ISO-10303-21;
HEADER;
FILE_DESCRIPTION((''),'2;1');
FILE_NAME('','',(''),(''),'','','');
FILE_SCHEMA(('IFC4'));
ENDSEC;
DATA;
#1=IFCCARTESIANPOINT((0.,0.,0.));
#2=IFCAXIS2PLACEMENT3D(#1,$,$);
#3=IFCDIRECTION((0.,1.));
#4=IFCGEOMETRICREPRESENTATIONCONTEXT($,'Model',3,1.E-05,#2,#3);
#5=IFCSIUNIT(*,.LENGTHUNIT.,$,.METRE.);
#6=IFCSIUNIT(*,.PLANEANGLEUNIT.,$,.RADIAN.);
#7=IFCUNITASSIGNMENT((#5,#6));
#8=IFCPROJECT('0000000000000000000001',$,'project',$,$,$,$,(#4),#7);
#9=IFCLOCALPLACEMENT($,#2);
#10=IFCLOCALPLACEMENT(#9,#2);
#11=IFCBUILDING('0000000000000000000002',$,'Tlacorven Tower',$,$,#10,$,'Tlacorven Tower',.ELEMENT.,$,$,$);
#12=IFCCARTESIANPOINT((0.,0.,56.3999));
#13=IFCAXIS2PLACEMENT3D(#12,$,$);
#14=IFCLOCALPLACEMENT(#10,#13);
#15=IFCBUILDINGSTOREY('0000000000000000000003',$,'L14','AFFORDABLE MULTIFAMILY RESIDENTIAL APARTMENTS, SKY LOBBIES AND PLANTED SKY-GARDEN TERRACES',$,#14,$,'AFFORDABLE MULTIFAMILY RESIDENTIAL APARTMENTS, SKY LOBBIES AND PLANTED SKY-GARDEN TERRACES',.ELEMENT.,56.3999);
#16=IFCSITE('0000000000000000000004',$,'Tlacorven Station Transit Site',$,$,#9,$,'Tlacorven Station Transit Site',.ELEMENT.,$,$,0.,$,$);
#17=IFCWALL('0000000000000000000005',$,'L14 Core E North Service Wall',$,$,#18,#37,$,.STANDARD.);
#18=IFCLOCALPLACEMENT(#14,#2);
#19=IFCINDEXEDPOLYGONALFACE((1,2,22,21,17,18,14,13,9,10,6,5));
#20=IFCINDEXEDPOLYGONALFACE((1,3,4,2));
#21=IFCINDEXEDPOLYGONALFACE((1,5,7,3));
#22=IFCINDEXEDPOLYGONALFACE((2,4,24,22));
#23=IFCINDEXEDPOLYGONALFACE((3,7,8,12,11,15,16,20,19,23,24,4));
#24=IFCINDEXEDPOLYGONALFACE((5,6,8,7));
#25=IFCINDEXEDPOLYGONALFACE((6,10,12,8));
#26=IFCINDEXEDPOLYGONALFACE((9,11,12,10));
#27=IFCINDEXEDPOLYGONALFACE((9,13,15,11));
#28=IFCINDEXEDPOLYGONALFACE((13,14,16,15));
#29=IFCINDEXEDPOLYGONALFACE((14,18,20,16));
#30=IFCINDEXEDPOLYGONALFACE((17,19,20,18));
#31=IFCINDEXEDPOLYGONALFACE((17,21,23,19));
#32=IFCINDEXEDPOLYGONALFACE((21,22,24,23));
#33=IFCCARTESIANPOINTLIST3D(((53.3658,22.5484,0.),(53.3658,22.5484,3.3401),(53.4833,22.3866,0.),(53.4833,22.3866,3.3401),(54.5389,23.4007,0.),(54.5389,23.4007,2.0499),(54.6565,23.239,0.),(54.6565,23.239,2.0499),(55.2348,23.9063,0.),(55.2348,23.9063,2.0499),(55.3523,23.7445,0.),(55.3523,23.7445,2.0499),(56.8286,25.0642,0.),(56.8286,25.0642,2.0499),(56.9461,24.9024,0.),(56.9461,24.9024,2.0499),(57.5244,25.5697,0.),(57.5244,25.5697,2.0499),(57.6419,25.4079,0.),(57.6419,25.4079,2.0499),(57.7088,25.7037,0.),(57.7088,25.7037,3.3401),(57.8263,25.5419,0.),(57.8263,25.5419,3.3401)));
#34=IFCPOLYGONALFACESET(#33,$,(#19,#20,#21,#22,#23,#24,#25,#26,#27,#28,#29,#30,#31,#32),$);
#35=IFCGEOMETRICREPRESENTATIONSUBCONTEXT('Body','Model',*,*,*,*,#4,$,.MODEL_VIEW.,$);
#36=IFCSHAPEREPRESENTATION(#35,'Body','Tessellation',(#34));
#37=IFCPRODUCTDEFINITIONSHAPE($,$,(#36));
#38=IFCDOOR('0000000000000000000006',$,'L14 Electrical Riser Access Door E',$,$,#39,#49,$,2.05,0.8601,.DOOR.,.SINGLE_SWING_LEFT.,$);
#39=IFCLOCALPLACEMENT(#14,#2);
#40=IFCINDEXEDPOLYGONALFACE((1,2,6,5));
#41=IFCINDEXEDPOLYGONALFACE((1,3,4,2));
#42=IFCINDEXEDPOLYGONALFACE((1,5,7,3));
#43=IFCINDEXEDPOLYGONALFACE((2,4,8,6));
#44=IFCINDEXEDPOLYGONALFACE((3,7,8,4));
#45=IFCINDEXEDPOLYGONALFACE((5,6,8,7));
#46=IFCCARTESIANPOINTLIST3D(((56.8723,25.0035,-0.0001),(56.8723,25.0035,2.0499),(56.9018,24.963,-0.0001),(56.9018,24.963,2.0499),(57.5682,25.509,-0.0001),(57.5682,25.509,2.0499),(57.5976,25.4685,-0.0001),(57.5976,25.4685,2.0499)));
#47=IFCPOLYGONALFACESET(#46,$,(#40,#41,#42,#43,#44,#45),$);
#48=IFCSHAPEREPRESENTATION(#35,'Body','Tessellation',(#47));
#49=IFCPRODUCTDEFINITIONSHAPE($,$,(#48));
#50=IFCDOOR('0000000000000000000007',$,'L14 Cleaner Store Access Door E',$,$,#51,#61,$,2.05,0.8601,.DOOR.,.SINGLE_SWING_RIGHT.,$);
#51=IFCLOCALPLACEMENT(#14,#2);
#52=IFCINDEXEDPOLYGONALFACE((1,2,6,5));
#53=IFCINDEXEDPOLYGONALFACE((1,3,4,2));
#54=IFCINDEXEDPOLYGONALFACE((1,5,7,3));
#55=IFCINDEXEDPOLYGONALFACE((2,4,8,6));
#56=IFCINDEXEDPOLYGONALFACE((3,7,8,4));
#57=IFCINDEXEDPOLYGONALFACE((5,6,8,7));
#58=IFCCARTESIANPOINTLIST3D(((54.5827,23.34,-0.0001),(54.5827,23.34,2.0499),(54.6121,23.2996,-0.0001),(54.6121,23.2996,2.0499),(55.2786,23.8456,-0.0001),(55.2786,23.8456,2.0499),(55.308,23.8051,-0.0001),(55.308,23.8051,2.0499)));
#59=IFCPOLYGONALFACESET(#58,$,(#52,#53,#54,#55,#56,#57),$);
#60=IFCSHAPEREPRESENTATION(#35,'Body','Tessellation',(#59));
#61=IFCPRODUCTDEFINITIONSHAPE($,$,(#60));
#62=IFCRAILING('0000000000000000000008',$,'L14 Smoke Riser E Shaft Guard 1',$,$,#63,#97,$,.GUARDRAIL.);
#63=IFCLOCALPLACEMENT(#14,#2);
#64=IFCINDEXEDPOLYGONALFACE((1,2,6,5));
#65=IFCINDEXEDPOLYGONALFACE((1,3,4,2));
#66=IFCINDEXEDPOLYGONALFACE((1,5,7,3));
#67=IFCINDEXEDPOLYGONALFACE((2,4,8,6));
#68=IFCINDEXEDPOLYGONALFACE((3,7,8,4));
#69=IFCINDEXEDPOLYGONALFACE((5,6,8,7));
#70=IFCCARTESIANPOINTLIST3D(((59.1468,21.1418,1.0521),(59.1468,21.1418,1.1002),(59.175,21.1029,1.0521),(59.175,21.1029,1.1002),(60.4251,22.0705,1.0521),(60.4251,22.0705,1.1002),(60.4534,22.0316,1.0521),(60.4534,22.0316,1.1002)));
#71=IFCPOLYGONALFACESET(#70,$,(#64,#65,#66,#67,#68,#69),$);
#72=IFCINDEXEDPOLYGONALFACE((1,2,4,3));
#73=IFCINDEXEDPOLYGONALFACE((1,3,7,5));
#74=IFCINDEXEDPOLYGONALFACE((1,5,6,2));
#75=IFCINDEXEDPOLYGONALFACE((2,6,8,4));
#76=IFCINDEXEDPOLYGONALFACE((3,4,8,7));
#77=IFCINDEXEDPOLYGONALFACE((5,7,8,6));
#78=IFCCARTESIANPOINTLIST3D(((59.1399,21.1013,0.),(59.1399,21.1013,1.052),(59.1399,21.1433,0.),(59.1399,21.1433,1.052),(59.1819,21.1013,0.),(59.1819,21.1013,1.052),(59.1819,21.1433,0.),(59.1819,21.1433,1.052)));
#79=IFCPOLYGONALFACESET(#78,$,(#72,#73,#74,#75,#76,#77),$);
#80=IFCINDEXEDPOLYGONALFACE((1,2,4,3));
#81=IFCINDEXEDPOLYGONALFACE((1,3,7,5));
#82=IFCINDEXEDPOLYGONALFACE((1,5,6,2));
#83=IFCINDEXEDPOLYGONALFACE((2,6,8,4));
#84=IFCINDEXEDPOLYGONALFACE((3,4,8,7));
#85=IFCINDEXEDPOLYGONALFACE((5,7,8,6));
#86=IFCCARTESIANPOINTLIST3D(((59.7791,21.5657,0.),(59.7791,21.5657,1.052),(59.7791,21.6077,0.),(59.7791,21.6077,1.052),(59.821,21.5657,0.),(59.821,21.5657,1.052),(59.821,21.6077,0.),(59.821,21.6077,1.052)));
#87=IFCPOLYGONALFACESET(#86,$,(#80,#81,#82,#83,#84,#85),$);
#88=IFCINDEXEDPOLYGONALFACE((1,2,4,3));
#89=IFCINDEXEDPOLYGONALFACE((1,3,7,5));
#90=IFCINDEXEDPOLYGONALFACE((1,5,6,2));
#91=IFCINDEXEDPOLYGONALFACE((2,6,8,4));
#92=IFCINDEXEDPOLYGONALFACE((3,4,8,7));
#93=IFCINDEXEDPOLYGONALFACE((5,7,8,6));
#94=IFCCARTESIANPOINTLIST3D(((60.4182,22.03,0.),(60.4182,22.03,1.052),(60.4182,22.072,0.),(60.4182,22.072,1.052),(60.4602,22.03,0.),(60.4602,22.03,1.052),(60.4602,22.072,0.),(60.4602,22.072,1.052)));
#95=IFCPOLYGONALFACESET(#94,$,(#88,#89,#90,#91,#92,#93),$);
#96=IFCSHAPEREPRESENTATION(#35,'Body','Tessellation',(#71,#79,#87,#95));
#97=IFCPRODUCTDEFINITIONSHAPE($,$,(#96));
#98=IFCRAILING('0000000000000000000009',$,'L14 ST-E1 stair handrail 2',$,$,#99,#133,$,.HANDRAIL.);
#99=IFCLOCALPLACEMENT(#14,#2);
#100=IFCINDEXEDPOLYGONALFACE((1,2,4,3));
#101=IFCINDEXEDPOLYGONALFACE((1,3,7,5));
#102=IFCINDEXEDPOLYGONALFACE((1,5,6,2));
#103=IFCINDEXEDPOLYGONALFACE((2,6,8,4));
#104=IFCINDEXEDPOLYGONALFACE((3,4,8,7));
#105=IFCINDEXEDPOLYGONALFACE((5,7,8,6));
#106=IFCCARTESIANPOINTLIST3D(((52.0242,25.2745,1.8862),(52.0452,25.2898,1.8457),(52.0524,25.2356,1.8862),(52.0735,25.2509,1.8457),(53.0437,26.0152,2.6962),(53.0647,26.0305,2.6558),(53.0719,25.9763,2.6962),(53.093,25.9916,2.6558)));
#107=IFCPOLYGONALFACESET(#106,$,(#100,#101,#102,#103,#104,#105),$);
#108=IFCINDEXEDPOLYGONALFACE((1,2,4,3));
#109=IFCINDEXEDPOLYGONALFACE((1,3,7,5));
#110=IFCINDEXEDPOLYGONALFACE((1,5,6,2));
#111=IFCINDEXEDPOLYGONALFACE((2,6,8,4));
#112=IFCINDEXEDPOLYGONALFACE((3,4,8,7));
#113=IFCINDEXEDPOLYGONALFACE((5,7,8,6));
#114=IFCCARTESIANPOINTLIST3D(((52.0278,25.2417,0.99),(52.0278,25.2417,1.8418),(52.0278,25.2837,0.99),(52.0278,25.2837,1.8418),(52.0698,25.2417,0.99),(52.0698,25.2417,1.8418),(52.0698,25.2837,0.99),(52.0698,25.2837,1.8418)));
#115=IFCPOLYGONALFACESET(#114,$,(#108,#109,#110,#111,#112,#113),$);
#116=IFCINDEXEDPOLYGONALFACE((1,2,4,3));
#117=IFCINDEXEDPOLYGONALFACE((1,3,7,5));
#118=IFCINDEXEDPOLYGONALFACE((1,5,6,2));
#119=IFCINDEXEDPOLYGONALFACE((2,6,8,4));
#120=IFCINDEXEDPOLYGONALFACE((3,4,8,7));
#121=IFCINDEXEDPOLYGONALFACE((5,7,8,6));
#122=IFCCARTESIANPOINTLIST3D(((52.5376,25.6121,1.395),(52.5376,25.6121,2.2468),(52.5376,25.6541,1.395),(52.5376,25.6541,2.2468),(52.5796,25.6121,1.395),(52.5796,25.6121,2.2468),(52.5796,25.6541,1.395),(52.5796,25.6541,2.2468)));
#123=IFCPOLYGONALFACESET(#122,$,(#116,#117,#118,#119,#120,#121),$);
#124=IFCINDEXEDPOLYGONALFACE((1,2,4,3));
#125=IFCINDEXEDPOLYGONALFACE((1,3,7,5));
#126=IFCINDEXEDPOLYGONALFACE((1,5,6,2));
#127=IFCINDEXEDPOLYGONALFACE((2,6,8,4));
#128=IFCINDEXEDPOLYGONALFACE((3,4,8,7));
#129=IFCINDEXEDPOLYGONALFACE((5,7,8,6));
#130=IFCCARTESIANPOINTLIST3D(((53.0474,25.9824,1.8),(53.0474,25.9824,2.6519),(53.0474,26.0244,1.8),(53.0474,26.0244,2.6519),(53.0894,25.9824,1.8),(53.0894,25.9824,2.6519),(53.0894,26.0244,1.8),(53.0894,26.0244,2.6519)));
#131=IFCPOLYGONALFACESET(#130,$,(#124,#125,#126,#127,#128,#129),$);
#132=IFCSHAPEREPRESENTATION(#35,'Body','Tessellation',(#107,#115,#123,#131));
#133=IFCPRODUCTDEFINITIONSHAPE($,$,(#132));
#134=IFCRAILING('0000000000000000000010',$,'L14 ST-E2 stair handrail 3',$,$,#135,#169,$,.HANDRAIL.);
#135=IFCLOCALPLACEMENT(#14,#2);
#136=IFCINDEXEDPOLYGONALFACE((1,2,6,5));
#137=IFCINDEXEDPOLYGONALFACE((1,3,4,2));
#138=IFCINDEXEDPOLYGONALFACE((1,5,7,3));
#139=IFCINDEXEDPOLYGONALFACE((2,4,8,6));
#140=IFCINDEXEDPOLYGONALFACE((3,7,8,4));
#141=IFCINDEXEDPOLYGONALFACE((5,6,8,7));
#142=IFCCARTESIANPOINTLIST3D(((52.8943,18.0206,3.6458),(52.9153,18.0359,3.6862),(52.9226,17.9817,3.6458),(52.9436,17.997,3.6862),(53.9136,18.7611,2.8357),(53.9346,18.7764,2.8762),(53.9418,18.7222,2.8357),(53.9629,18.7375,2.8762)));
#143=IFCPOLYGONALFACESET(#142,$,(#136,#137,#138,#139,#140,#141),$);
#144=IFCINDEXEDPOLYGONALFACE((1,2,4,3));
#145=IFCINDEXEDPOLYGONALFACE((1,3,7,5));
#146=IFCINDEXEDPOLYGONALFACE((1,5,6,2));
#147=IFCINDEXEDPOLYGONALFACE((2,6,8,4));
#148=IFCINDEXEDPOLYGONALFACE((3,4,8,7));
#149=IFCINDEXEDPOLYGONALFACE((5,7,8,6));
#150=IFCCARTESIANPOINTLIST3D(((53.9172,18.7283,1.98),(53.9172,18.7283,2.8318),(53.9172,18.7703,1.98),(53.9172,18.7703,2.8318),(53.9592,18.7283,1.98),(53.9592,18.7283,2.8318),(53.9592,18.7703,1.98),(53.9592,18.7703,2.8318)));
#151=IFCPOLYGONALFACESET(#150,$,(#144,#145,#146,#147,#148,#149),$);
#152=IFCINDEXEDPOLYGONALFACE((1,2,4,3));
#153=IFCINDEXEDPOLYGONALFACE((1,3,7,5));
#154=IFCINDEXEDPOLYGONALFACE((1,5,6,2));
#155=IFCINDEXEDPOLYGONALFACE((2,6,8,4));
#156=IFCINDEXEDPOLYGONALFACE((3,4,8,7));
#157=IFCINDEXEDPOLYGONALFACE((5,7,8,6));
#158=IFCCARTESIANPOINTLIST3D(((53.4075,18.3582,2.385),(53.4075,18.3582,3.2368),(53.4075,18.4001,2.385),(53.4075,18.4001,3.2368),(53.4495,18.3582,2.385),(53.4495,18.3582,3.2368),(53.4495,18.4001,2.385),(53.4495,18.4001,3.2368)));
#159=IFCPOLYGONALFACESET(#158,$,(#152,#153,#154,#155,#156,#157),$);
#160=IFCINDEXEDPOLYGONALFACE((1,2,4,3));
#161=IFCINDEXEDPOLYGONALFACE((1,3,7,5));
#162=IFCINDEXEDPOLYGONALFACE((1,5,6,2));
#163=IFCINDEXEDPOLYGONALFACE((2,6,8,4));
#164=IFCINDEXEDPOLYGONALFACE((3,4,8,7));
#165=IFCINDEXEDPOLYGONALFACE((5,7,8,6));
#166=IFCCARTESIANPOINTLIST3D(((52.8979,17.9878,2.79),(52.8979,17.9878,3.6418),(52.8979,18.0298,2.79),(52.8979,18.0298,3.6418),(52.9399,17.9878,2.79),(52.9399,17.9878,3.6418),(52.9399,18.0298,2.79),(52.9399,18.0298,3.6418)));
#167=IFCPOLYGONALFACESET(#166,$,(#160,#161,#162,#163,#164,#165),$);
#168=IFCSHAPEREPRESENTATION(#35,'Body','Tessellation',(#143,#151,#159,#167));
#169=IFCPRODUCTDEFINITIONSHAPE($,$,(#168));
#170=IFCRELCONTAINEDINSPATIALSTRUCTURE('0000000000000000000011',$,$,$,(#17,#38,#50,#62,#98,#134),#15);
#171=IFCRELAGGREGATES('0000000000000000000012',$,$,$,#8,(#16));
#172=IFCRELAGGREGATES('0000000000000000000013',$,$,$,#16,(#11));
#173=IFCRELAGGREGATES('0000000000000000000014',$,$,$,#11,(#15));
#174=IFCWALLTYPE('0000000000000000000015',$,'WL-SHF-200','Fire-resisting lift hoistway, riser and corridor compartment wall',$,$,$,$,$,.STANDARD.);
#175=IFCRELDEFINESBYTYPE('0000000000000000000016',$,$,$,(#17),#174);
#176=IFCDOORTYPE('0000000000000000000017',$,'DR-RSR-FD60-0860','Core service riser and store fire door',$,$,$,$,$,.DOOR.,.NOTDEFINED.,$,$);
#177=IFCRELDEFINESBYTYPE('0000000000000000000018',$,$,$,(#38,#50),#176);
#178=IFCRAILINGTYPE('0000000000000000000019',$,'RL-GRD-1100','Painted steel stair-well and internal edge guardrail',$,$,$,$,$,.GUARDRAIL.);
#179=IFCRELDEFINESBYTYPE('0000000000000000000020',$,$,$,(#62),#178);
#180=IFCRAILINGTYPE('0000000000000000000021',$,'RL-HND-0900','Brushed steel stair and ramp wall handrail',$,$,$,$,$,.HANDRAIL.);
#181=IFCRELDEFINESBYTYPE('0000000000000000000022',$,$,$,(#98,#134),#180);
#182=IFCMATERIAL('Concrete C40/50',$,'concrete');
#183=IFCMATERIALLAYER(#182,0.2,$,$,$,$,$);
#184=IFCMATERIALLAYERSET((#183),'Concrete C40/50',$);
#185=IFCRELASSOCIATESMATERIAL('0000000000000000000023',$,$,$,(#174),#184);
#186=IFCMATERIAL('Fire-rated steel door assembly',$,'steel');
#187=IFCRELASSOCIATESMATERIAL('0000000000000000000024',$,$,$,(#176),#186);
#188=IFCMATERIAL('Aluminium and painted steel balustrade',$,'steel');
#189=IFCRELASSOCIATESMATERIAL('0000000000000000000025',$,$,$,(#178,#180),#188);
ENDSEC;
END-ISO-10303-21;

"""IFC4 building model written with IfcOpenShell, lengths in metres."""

from ifc_helpers import new_model, si_unit, direction, frame, frame_2d, origin, origin_2d, place, context, subcontext, project, spatial, rectangle, extrude, source, transform, mapped, material, layer, layer_set, type_object, element, fill, save


model = new_model("IFC4")

# Units and contexts
model_context = context("Model", 3, precision=1e-05, world=origin(), true_north=direction((0.0, 1.0)))
body_context = subcontext(model_context, "Body", "Model", "MODEL_VIEW")
ifc_project = project(units=[si_unit("LENGTHUNIT", "METRE"), si_unit("PLANEANGLEUNIT", "RADIAN")], contexts=[model_context])

# Site, building, storey
site_placement = place(None, origin())
site = spatial("IfcSite", under=ifc_project, at=site_placement, Name="Tlacorven Station Transit Site", LongName="Tlacorven Station Transit Site", CompositionType="ELEMENT", RefElevation=0.0)
building_placement = place(site_placement, origin())
building = spatial("IfcBuilding", under=site, at=building_placement, Name="Tlacorven Tower", LongName="Tlacorven Tower", CompositionType="ELEMENT")
storey_placement = place(building_placement, frame((0.0, 0.0, 56.3999)))
storey = spatial("IfcBuildingStorey", under=building, at=storey_placement, Name="L14", Description="AFFORDABLE MULTIFAMILY RESIDENTIAL APARTMENTS, SKY LOBBIES AND PLANTED SKY-GARDEN TERRACES", LongName="AFFORDABLE MULTIFAMILY RESIDENTIAL APARTMENTS, SKY LOBBIES AND PLANTED SKY-GARDEN TERRACES", CompositionType="ELEMENT", Elevation=56.3999)

# Shared definitions
ifc_material_1 = material(Name="Concrete C40/50", Category="concrete")
ifc_layer_1 = layer(ifc_material_1, 0.2)
ifc_layer_set_1 = layer_set([ifc_layer_1], Name="Concrete C40/50")
wall_type_1 = type_object("IfcWallType", Name="WL-SHF-200", Description="Fire-resisting lift hoistway, riser and corridor compartment wall", PredefinedType="STANDARD", material=ifc_layer_set_1)
ifc_material_2 = material(Name="Fire-rated steel door assembly", Category="steel")
door_type_1 = type_object("IfcDoorType", Name="DR-RSR-FD60-0860", Description="Core service riser and store fire door", OperationType="NOTDEFINED", PredefinedType="DOOR", material=ifc_material_2)
shared_shape_1 = source(origin(), body_context, "Body", "SweptSolid", [
    extrude(rectangle(XDim=0.8601, YDim=2.05, at=frame_2d((0.4302, 1.0249))), frame((0.0, 0.0249, 0.0), z_axis=(0.0, -1.0, 0.0), x_axis=(1.0, 0.0, 0.0)), (0.0, 0.0, 1.0), 0.05),
])

# Wall, openings, doors
wall_1_placement = place(storey_placement, frame((53.4246, 22.4675, 0.0), z_axis=(0.0, 0.0, 1.0), x_axis=(0.809027, 0.587771, 0.0)))
wall_1 = element("IfcWall", 1, at=wall_1_placement, inside=storey, type_object=wall_type_1, Name="L14 Core E North Service Wall", PredefinedType="STANDARD", context=body_context, shape_type="SweptSolid", body=[
    extrude(rectangle(XDim=5.3682, YDim=0.2, at=frame_2d((2.6841, 0.0))), origin(), (0.0, 0.0, 1.0), 3.3401),
])
opening_1_placement = place(wall_1_placement, frame((4.28, 0.0, 0.0)))
opening_1 = element("IfcOpeningElement", 2, at=opening_1_placement, cuts=wall_1, PredefinedType="OPENING", context=body_context, shape_type="SweptSolid", body=[
    extrude(rectangle(XDim=0.8601, YDim=2.05, at=frame_2d((0.4302, 1.0249))), frame((0.0, 0.1099, 0.0), z_axis=(0.0, -1.0, 0.0), x_axis=(1.0, 0.0, 0.0)), (0.0, 0.0, 1.0), 0.22),
])
opening_2_placement = place(wall_1_placement, frame((1.45, 0.0, 0.0)))
opening_2 = element("IfcOpeningElement", 3, at=opening_2_placement, cuts=wall_1, PredefinedType="OPENING", context=body_context, shape_type="SweptSolid", body=[
    extrude(rectangle(XDim=0.8601, YDim=2.05, at=frame_2d((0.4302, 1.0249))), frame((0.0, 0.1099, 0.0), z_axis=(0.0, -1.0, 0.0), x_axis=(1.0, 0.0, 0.0)), (0.0, 0.0, 1.0), 0.22),
])
door_1_placement = place(opening_1_placement, frame((0.8601, 0.0, 0.0), z_axis=(0.0, 0.0, 1.0), x_axis=(-1.0, 0.0, 0.0)))
door_1 = element("IfcDoor", 4, at=door_1_placement, inside=storey, type_object=door_type_1, Name="L14 Electrical Riser Access Door E", OperationType="SINGLE_SWING_LEFT", OverallHeight=2.05, OverallWidth=0.8601, PredefinedType="DOOR", context=body_context, shape_type="MappedRepresentation", body=[
    mapped(shared_shape_1, transform((0.0, 0.0, 0.0), scale=1.0)),
])
fill(opening_1, door_1)
door_2_placement = place(opening_2_placement, frame((0.8601, 0.0, 0.0), z_axis=(0.0, 0.0, 1.0), x_axis=(-1.0, 0.0, 0.0)))
door_2 = element("IfcDoor", 5, at=door_2_placement, inside=storey, type_object=door_type_1, Name="L14 Cleaner Store Access Door E", OperationType="SINGLE_SWING_RIGHT", OverallHeight=2.05, OverallWidth=0.8601, PredefinedType="DOOR", context=body_context, shape_type="MappedRepresentation", body=[
    mapped(shared_shape_1, transform((0.0, 0.0, 0.0), scale=1.0)),
])
fill(opening_2, door_2)

# Railings
ifc_material_3 = material(Name="Aluminium and painted steel balustrade", Category="steel")
railing_type_1 = type_object("IfcRailingType", Name="RL-GRD-1100", Description="Painted steel stair-well and internal edge guardrail", PredefinedType="GUARDRAIL", material=ifc_material_3)
shared_shape_2 = source(origin(), body_context, "Body", "SweptSolid", [
    extrude(rectangle(XDim=0.0481, YDim=0.0481, at=origin_2d()), frame((0.0, 0.0, 1.0762), z_axis=(0.80903, 0.587767, 0.0), x_axis=(-0.587767, 0.80903, 0.0)), (0.0, 0.0, 1.0), 1.5801),
    extrude(rectangle(XDim=0.042, YDim=0.042, at=origin_2d()), origin(), (0.0, 0.0, 1.0), 1.052),
    extrude(rectangle(XDim=0.042, YDim=0.042, at=origin_2d()), frame((0.6392, 0.4644, 0.0)), (0.0, 0.0, 1.0), 1.052),
    extrude(rectangle(XDim=0.042, YDim=0.042, at=origin_2d()), frame((1.2783, 0.9287, 0.0)), (0.0, 0.0, 1.0), 1.052),
])
railing_1_placement = place(storey_placement, frame((59.1609, 21.1223, 0.0)))
element("IfcRailing", 6, at=railing_1_placement, inside=storey, type_object=railing_type_1, Name="L14 Smoke Riser E Shaft Guard 1", PredefinedType="GUARDRAIL", context=body_context, shape_type="MappedRepresentation", body=[
    mapped(shared_shape_2, transform((0.0, 0.0, 0.0), scale=1.0)),
])
railing_type_2 = type_object("IfcRailingType", Name="RL-HND-0900", Description="Brushed steel stair and ramp wall handrail", PredefinedType="HANDRAIL", material=ifc_material_3)
shared_shape_3 = source(origin(), body_context, "Body", "SweptSolid", [
    extrude(rectangle(XDim=0.0481, YDim=0.0481, at=origin_2d()), frame((0.0, 0.0, 0.876), z_axis=(0.680549, 0.494441, 0.540723), x_axis=(-0.58778, 0.809021, 0.0)), (0.0, 0.0, 1.0), 1.498),
    extrude(rectangle(XDim=0.042, YDim=0.042, at=origin_2d()), origin(), (0.0, 0.0, 1.0), 0.8518),
    extrude(rectangle(XDim=0.042, YDim=0.042, at=origin_2d()), frame((0.5098, 0.3704, 0.405)), (0.0, 0.0, 1.0), 0.8518),
    extrude(rectangle(XDim=0.042, YDim=0.042, at=origin_2d()), frame((1.0195, 0.7407, 0.8101)), (0.0, 0.0, 1.0), 0.8518),
])
railing_2_placement = place(storey_placement, frame((52.0488, 25.2627, 0.99)))
element("IfcRailing", 7, at=railing_2_placement, inside=storey, type_object=railing_type_2, Name="L14 ST-E1 stair handrail 2", PredefinedType="HANDRAIL", context=body_context, shape_type="MappedRepresentation", body=[
    mapped(shared_shape_3, transform((0.0, 0.0, 0.0), scale=1.0)),
])
shared_shape_4 = source(origin(), body_context, "Body", "SweptSolid", [
    extrude(rectangle(XDim=0.0481, YDim=0.0481, at=origin_2d()), frame((0.0, 0.0, 0.876), z_axis=(-0.680516, -0.494373, 0.540827), x_axis=(0.587745, -0.809046, 0.0)), (0.0, 0.0, 1.0), 1.4978),
    extrude(rectangle(XDim=0.042, YDim=0.042, at=origin_2d()), origin(), (0.0, 0.0, 1.0), 0.8518),
    extrude(rectangle(XDim=0.042, YDim=0.042, at=origin_2d()), frame((-0.5098, -0.3701, 0.405)), (0.0, 0.0, 1.0), 0.8518),
    extrude(rectangle(XDim=0.042, YDim=0.042, at=origin_2d()), frame((-1.0193, -0.7405, 0.8101)), (0.0, 0.0, 1.0), 0.8518),
])
railing_3_placement = place(storey_placement, frame((53.9382, 18.7493, 1.98)))
element("IfcRailing", 8, at=railing_3_placement, inside=storey, type_object=railing_type_2, Name="L14 ST-E2 stair handrail 3", PredefinedType="HANDRAIL", context=body_context, shape_type="MappedRepresentation", body=[
    mapped(shared_shape_4, transform((0.0, 0.0, 0.0), scale=1.0)),
])

save(model, "model.ifc")
